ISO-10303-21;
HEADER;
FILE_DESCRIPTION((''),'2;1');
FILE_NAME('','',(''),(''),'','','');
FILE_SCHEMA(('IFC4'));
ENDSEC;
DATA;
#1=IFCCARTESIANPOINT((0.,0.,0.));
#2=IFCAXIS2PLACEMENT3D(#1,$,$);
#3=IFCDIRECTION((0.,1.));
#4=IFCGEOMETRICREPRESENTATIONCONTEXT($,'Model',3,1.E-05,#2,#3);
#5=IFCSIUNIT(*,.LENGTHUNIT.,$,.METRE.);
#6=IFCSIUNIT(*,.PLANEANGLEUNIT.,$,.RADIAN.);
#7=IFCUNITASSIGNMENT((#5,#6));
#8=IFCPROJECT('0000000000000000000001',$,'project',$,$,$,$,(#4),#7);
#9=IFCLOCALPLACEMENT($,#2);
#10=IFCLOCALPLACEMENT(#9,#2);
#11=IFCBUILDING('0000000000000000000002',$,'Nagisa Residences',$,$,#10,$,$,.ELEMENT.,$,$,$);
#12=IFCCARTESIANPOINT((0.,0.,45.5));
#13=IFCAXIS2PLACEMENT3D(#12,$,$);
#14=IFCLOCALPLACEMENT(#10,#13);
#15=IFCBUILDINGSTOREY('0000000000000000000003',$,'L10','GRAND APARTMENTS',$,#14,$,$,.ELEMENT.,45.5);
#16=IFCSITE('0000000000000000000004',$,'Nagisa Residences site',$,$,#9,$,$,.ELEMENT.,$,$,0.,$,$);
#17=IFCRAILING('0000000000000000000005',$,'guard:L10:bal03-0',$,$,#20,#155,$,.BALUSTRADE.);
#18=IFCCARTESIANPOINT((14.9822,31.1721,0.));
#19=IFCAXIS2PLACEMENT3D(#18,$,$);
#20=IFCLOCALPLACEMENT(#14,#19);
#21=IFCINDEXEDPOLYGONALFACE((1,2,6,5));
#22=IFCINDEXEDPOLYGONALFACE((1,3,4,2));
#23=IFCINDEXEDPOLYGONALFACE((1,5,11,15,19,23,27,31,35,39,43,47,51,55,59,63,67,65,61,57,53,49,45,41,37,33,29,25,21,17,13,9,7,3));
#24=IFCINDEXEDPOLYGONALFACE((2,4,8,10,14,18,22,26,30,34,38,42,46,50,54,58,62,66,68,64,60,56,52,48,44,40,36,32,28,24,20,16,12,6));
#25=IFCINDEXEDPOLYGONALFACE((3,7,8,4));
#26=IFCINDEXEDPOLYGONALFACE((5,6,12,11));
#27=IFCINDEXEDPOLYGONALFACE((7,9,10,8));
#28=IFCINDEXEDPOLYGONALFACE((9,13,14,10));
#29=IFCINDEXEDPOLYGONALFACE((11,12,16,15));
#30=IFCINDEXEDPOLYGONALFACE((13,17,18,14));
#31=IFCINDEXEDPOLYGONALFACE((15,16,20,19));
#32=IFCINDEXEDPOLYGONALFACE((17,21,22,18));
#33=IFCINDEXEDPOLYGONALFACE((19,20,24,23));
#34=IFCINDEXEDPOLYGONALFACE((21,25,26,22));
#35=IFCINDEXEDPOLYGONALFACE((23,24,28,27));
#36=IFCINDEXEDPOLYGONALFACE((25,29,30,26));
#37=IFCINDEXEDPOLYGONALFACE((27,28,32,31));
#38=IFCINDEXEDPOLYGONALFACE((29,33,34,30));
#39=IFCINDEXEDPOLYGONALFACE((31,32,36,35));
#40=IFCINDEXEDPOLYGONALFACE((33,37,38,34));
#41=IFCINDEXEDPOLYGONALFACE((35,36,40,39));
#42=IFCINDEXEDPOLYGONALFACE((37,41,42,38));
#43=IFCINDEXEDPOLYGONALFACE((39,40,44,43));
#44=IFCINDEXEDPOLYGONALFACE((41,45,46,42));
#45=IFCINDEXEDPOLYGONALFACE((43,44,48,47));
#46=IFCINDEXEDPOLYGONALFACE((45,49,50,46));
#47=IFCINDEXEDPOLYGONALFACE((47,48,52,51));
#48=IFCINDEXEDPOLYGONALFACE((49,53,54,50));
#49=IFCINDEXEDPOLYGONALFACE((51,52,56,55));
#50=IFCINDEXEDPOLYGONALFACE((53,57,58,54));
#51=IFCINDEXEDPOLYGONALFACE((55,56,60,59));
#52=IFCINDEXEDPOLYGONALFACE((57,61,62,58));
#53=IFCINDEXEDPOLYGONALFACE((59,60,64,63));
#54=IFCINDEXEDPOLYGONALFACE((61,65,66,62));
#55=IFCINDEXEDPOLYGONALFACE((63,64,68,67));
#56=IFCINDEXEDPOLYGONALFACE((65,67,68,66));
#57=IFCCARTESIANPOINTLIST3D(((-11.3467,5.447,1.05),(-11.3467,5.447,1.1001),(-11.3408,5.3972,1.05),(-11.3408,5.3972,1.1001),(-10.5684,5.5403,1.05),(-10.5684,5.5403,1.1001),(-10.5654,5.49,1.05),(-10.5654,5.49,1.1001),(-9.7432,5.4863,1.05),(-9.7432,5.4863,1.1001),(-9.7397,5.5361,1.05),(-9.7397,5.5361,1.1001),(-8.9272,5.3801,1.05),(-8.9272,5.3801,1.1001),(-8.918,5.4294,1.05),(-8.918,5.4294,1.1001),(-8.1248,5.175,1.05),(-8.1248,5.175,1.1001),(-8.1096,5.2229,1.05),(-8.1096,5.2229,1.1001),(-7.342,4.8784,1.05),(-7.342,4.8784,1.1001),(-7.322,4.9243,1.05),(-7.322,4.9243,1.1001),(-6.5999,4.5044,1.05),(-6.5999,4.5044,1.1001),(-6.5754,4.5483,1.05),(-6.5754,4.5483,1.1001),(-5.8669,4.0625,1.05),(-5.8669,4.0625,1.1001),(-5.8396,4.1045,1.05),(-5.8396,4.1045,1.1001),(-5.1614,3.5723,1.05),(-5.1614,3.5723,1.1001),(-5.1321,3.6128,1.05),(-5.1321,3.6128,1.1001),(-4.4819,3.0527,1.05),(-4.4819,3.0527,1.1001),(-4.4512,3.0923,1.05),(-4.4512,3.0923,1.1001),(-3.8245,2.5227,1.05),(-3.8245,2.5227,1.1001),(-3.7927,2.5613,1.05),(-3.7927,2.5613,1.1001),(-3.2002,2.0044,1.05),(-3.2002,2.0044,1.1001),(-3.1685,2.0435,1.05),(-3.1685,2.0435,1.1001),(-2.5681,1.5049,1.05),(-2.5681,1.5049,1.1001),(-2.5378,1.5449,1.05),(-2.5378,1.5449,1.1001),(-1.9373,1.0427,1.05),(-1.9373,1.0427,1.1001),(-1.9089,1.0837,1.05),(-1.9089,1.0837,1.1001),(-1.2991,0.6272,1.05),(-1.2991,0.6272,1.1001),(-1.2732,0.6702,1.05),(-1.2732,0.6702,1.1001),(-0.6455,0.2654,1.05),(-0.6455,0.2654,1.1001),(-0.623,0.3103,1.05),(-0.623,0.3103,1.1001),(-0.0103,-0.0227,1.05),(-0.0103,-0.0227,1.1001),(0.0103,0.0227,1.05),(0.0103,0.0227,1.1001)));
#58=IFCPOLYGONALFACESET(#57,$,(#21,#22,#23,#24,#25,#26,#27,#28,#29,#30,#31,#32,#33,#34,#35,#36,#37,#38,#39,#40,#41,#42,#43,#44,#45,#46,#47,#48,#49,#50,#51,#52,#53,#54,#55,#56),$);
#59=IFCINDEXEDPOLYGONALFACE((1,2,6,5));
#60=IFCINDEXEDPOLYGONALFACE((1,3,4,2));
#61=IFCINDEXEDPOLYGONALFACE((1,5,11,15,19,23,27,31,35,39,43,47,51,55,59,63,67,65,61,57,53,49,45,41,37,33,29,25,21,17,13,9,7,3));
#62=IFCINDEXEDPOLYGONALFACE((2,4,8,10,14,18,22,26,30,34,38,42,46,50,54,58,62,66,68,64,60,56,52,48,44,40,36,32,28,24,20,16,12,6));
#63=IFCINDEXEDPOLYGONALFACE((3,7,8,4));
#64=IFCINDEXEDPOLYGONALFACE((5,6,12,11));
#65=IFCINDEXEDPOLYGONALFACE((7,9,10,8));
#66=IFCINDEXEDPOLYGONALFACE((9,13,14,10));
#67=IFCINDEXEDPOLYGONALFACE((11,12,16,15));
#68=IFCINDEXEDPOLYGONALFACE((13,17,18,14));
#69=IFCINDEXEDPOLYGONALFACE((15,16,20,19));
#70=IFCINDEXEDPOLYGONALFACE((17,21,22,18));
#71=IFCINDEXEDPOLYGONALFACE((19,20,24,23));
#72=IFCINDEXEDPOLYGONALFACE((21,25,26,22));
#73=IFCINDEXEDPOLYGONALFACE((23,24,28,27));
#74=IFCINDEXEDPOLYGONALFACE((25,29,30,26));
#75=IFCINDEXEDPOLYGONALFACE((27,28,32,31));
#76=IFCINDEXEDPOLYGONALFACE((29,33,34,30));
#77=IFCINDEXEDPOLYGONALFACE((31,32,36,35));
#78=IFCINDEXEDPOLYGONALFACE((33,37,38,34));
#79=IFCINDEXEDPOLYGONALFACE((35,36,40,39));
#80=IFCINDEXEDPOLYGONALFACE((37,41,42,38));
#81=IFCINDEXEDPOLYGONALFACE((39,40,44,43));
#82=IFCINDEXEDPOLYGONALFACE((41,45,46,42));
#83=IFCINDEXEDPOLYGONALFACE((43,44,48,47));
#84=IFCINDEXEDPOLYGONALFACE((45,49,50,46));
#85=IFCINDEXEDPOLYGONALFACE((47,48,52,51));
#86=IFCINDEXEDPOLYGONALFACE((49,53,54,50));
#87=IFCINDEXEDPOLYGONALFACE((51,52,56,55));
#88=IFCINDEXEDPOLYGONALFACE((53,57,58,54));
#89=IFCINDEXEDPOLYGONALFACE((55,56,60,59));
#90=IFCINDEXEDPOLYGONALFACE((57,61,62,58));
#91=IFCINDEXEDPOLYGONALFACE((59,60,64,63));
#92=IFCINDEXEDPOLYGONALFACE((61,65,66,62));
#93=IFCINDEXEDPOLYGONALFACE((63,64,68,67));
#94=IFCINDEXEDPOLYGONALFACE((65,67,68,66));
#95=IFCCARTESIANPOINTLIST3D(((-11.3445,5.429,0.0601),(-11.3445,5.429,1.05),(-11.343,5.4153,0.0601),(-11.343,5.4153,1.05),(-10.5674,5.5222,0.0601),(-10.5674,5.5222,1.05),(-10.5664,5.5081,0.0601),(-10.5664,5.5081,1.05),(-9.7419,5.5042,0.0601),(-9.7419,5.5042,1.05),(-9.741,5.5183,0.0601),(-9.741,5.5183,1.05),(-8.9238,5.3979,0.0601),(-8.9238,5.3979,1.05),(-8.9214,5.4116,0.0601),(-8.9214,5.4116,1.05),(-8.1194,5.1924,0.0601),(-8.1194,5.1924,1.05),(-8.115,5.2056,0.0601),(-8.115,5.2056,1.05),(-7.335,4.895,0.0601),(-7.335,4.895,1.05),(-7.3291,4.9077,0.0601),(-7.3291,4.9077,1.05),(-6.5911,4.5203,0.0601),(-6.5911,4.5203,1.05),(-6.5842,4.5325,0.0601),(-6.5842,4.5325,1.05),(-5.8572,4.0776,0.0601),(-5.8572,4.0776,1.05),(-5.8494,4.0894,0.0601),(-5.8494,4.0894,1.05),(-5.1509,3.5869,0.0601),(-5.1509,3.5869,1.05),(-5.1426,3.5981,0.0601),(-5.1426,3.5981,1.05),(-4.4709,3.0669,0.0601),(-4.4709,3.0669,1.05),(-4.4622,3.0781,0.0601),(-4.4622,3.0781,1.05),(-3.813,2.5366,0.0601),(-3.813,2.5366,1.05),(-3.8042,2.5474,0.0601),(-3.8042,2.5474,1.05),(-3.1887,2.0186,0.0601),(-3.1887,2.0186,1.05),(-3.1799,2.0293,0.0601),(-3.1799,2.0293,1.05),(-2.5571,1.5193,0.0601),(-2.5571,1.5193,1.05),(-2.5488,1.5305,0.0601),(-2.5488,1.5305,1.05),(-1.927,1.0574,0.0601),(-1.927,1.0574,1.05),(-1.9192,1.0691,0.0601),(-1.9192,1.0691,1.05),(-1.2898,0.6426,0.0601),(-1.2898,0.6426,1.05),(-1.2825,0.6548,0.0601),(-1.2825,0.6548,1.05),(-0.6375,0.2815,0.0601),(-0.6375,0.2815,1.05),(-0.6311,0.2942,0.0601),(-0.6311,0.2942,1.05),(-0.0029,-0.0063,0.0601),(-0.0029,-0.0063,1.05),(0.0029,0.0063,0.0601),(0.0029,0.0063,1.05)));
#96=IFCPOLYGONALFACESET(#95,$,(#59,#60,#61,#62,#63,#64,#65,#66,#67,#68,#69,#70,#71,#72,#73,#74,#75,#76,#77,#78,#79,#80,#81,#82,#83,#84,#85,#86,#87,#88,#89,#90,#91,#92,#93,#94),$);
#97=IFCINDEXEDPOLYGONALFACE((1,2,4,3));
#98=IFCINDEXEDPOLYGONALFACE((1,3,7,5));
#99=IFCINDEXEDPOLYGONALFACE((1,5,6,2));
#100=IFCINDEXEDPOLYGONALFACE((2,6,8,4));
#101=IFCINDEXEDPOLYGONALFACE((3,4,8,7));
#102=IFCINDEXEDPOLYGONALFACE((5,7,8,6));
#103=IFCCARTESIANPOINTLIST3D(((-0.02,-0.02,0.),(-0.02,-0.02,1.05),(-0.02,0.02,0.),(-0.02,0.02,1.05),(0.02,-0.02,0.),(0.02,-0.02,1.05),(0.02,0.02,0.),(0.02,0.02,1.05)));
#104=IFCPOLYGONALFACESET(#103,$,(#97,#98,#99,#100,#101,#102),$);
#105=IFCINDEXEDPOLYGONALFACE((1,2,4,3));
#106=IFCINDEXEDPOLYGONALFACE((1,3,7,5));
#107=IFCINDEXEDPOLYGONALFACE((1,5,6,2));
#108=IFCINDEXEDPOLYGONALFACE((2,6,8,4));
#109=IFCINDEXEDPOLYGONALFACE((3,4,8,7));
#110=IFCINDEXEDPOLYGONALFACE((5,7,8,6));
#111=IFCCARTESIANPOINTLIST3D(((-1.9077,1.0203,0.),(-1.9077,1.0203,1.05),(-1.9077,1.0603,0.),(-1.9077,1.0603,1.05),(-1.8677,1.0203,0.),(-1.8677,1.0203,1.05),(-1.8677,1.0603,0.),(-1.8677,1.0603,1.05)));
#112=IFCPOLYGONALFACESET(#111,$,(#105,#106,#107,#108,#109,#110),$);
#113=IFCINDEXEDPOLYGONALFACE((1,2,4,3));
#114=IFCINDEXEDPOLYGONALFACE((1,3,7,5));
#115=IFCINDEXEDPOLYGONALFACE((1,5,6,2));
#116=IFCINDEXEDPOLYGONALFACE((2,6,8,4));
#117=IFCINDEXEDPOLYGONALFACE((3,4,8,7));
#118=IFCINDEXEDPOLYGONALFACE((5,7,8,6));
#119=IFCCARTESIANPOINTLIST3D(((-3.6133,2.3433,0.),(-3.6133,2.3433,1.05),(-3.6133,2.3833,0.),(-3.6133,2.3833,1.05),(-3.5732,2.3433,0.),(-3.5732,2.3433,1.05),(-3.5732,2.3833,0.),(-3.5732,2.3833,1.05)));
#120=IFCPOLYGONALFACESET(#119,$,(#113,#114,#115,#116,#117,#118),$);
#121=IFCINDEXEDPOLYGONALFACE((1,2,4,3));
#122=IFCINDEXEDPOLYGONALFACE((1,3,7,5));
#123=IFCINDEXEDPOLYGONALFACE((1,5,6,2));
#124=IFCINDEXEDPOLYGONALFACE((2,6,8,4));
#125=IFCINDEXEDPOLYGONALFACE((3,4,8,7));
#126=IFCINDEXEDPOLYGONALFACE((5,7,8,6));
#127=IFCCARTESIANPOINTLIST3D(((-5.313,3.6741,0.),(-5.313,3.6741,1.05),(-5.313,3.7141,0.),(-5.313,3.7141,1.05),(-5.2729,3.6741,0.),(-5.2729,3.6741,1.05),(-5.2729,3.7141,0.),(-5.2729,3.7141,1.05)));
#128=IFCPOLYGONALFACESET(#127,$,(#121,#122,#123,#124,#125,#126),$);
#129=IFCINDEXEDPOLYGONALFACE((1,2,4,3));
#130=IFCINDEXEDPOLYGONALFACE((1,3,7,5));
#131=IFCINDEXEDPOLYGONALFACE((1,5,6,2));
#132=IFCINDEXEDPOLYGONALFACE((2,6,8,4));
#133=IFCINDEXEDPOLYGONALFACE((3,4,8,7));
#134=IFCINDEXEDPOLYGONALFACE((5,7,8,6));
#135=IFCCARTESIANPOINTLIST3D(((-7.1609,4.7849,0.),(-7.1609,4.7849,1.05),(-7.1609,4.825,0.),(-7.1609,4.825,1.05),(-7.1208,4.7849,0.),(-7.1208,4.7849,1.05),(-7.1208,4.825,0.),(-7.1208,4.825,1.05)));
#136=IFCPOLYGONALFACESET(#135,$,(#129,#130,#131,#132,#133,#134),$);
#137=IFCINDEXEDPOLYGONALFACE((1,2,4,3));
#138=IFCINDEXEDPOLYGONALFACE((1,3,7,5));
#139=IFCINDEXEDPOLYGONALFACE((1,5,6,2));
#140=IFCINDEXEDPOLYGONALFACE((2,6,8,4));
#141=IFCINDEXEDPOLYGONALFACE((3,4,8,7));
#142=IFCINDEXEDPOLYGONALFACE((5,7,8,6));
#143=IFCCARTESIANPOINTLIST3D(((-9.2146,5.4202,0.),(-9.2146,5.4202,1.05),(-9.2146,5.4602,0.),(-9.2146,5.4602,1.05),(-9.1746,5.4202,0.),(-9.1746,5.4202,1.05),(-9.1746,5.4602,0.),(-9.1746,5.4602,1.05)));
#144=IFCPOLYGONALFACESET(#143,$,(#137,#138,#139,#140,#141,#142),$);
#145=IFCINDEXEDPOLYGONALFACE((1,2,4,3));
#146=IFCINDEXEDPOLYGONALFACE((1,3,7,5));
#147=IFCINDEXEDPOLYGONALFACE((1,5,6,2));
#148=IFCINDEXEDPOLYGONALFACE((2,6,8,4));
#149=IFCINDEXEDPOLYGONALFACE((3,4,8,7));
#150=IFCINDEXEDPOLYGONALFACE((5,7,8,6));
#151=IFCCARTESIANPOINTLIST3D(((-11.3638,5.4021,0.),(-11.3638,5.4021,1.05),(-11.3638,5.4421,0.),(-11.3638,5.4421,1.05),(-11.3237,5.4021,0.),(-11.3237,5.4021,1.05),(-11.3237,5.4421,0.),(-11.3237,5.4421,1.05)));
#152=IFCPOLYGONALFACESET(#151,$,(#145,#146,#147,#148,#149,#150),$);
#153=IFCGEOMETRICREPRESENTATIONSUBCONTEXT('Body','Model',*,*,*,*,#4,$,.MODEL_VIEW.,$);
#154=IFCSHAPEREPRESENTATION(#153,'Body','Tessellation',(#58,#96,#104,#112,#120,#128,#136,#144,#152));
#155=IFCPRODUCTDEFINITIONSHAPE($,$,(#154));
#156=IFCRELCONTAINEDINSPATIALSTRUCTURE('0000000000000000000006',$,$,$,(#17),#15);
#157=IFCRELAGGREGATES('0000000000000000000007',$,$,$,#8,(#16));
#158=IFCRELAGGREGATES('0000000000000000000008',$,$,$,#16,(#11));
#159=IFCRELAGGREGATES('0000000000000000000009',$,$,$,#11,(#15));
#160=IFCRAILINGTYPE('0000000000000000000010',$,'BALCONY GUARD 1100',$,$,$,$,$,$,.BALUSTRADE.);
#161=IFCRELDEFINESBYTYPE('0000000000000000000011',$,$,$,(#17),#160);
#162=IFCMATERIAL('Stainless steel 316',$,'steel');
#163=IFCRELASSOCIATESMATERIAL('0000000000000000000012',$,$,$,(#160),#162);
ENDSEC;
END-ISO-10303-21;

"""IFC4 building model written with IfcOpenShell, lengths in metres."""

from ifc_helpers import new_model, si_unit, direction, frame, origin, origin_2d, place, context, subcontext, project, spatial, polyline, rectangle, outline, extrude, material, type_object, element, save


model = new_model("IFC4")

# Units and contexts
model_context = context("Model", 3, precision=1e-05, world=origin(), true_north=direction((0.0, 1.0)))
body_context = subcontext(model_context, "Body", "Model", "MODEL_VIEW")
ifc_project = project(units=[si_unit("LENGTHUNIT", "METRE"), si_unit("PLANEANGLEUNIT", "RADIAN")], contexts=[model_context])

# Site, building, storey
site_placement = place(None, origin())
site = spatial("IfcSite", under=ifc_project, at=site_placement, Name="Nagisa Residences site", CompositionType="ELEMENT", RefElevation=0.0)
building_placement = place(site_placement, origin())
building = spatial("IfcBuilding", under=site, at=building_placement, Name="Nagisa Residences", CompositionType="ELEMENT")
storey_placement = place(building_placement, frame((0.0, 0.0, 45.5)))
storey = spatial("IfcBuildingStorey", under=building, at=storey_placement, Name="L10", Description="GRAND APARTMENTS", CompositionType="ELEMENT", Elevation=45.5)

# Railing
ifc_material_1 = material(Name="Stainless steel 316", Category="steel")
railing_type = type_object("IfcRailingType", Name="BALCONY GUARD 1100", PredefinedType="BALUSTRADE", material=ifc_material_1)
railing_1_placement = place(storey_placement, frame((14.9822, 31.1721, 0.0)))
element("IfcRailing", 1, at=railing_1_placement, inside=storey, type_object=railing_type, Name="guard:L10:bal03-0", PredefinedType="BALUSTRADE", context=body_context, shape_type="SweptSolid", body=[
    extrude(outline(polyline([(-0.6455, 0.2654), (-0.0103, -0.0227), (0.0103, 0.0227), (-0.623, 0.3103), (-1.2732, 0.6702), (-1.9089, 1.0837), (-2.5378, 1.5449), (-3.1685, 2.0435), (-3.7927, 2.5613), (-4.4512, 3.0923), (-5.1321, 3.6128), (-5.8396, 4.1045), (-6.5754, 4.5483), (-7.322, 4.9243), (-8.1096, 5.2229), (-8.918, 5.4294), (-9.7397, 5.5361), (-10.5684, 5.5403), (-11.3467, 5.447), (-11.3408, 5.3972), (-10.5654, 5.49), (-9.7432, 5.4863), (-8.9272, 5.3801), (-8.1248, 5.175), (-7.342, 4.8784), (-6.5999, 4.5044), (-5.8669, 4.0625), (-5.1614, 3.5723), (-4.4819, 3.0527), (-3.8245, 2.5227), (-3.2002, 2.0044), (-2.5681, 1.5049), (-1.9373, 1.0427), (-1.2991, 0.6272), (-0.6455, 0.2654)])), frame((0.0, 0.0, 1.05)), (0.0, 0.0, 1.0), 0.05),
    extrude(outline(polyline([(-0.6375, 0.2815), (-0.0029, -0.0063), (0.0029, 0.0063), (-0.6311, 0.2942), (-1.2825, 0.6548), (-1.9192, 1.0691), (-2.5488, 1.5305), (-3.1799, 2.0293), (-3.8042, 2.5474), (-4.4622, 3.0781), (-5.1426, 3.5981), (-5.8494, 4.0894), (-6.5842, 4.5325), (-7.3291, 4.9077), (-8.115, 5.2056), (-8.9214, 5.4116), (-9.741, 5.5183), (-10.5674, 5.5222), (-11.3445, 5.429), (-11.343, 5.4153), (-10.5664, 5.5081), (-9.7419, 5.5042), (-8.9238, 5.3979), (-8.1194, 5.1924), (-7.335, 4.895), (-6.5911, 4.5203), (-5.8572, 4.0776), (-5.1509, 3.5869), (-4.4709, 3.0669), (-3.813, 2.5366), (-3.1887, 2.0186), (-2.5571, 1.5193), (-1.927, 1.0574), (-1.2898, 0.6426), (-0.6375, 0.2815)])), frame((0.0, 0.0, 0.0601)), (0.0, 0.0, 1.0), 0.99),
    extrude(rectangle(XDim=0.04, YDim=0.04, at=origin_2d()), origin(), (0.0, 0.0, 1.0), 1.05),
    extrude(rectangle(XDim=0.04, YDim=0.04, at=origin_2d()), frame((-1.8877, 1.0403, 0.0)), (0.0, 0.0, 1.0), 1.05),
    extrude(rectangle(XDim=0.04, YDim=0.04, at=origin_2d()), frame((-3.5933, 2.3633, 0.0)), (0.0, 0.0, 1.0), 1.05),
    extrude(rectangle(XDim=0.04, YDim=0.04, at=origin_2d()), frame((-5.293, 3.6941, 0.0)), (0.0, 0.0, 1.0), 1.05),
    extrude(rectangle(XDim=0.04, YDim=0.04, at=origin_2d()), frame((-7.1409, 4.8049, 0.0)), (0.0, 0.0, 1.0), 1.05),
    extrude(rectangle(XDim=0.04, YDim=0.04, at=origin_2d()), frame((-9.1946, 5.4402, 0.0)), (0.0, 0.0, 1.0), 1.05),
    extrude(rectangle(XDim=0.04, YDim=0.04, at=origin_2d()), frame((-11.3438, 5.4221, 0.0)), (0.0, 0.0, 1.0), 1.05),
])

save(model, "model.ifc")
